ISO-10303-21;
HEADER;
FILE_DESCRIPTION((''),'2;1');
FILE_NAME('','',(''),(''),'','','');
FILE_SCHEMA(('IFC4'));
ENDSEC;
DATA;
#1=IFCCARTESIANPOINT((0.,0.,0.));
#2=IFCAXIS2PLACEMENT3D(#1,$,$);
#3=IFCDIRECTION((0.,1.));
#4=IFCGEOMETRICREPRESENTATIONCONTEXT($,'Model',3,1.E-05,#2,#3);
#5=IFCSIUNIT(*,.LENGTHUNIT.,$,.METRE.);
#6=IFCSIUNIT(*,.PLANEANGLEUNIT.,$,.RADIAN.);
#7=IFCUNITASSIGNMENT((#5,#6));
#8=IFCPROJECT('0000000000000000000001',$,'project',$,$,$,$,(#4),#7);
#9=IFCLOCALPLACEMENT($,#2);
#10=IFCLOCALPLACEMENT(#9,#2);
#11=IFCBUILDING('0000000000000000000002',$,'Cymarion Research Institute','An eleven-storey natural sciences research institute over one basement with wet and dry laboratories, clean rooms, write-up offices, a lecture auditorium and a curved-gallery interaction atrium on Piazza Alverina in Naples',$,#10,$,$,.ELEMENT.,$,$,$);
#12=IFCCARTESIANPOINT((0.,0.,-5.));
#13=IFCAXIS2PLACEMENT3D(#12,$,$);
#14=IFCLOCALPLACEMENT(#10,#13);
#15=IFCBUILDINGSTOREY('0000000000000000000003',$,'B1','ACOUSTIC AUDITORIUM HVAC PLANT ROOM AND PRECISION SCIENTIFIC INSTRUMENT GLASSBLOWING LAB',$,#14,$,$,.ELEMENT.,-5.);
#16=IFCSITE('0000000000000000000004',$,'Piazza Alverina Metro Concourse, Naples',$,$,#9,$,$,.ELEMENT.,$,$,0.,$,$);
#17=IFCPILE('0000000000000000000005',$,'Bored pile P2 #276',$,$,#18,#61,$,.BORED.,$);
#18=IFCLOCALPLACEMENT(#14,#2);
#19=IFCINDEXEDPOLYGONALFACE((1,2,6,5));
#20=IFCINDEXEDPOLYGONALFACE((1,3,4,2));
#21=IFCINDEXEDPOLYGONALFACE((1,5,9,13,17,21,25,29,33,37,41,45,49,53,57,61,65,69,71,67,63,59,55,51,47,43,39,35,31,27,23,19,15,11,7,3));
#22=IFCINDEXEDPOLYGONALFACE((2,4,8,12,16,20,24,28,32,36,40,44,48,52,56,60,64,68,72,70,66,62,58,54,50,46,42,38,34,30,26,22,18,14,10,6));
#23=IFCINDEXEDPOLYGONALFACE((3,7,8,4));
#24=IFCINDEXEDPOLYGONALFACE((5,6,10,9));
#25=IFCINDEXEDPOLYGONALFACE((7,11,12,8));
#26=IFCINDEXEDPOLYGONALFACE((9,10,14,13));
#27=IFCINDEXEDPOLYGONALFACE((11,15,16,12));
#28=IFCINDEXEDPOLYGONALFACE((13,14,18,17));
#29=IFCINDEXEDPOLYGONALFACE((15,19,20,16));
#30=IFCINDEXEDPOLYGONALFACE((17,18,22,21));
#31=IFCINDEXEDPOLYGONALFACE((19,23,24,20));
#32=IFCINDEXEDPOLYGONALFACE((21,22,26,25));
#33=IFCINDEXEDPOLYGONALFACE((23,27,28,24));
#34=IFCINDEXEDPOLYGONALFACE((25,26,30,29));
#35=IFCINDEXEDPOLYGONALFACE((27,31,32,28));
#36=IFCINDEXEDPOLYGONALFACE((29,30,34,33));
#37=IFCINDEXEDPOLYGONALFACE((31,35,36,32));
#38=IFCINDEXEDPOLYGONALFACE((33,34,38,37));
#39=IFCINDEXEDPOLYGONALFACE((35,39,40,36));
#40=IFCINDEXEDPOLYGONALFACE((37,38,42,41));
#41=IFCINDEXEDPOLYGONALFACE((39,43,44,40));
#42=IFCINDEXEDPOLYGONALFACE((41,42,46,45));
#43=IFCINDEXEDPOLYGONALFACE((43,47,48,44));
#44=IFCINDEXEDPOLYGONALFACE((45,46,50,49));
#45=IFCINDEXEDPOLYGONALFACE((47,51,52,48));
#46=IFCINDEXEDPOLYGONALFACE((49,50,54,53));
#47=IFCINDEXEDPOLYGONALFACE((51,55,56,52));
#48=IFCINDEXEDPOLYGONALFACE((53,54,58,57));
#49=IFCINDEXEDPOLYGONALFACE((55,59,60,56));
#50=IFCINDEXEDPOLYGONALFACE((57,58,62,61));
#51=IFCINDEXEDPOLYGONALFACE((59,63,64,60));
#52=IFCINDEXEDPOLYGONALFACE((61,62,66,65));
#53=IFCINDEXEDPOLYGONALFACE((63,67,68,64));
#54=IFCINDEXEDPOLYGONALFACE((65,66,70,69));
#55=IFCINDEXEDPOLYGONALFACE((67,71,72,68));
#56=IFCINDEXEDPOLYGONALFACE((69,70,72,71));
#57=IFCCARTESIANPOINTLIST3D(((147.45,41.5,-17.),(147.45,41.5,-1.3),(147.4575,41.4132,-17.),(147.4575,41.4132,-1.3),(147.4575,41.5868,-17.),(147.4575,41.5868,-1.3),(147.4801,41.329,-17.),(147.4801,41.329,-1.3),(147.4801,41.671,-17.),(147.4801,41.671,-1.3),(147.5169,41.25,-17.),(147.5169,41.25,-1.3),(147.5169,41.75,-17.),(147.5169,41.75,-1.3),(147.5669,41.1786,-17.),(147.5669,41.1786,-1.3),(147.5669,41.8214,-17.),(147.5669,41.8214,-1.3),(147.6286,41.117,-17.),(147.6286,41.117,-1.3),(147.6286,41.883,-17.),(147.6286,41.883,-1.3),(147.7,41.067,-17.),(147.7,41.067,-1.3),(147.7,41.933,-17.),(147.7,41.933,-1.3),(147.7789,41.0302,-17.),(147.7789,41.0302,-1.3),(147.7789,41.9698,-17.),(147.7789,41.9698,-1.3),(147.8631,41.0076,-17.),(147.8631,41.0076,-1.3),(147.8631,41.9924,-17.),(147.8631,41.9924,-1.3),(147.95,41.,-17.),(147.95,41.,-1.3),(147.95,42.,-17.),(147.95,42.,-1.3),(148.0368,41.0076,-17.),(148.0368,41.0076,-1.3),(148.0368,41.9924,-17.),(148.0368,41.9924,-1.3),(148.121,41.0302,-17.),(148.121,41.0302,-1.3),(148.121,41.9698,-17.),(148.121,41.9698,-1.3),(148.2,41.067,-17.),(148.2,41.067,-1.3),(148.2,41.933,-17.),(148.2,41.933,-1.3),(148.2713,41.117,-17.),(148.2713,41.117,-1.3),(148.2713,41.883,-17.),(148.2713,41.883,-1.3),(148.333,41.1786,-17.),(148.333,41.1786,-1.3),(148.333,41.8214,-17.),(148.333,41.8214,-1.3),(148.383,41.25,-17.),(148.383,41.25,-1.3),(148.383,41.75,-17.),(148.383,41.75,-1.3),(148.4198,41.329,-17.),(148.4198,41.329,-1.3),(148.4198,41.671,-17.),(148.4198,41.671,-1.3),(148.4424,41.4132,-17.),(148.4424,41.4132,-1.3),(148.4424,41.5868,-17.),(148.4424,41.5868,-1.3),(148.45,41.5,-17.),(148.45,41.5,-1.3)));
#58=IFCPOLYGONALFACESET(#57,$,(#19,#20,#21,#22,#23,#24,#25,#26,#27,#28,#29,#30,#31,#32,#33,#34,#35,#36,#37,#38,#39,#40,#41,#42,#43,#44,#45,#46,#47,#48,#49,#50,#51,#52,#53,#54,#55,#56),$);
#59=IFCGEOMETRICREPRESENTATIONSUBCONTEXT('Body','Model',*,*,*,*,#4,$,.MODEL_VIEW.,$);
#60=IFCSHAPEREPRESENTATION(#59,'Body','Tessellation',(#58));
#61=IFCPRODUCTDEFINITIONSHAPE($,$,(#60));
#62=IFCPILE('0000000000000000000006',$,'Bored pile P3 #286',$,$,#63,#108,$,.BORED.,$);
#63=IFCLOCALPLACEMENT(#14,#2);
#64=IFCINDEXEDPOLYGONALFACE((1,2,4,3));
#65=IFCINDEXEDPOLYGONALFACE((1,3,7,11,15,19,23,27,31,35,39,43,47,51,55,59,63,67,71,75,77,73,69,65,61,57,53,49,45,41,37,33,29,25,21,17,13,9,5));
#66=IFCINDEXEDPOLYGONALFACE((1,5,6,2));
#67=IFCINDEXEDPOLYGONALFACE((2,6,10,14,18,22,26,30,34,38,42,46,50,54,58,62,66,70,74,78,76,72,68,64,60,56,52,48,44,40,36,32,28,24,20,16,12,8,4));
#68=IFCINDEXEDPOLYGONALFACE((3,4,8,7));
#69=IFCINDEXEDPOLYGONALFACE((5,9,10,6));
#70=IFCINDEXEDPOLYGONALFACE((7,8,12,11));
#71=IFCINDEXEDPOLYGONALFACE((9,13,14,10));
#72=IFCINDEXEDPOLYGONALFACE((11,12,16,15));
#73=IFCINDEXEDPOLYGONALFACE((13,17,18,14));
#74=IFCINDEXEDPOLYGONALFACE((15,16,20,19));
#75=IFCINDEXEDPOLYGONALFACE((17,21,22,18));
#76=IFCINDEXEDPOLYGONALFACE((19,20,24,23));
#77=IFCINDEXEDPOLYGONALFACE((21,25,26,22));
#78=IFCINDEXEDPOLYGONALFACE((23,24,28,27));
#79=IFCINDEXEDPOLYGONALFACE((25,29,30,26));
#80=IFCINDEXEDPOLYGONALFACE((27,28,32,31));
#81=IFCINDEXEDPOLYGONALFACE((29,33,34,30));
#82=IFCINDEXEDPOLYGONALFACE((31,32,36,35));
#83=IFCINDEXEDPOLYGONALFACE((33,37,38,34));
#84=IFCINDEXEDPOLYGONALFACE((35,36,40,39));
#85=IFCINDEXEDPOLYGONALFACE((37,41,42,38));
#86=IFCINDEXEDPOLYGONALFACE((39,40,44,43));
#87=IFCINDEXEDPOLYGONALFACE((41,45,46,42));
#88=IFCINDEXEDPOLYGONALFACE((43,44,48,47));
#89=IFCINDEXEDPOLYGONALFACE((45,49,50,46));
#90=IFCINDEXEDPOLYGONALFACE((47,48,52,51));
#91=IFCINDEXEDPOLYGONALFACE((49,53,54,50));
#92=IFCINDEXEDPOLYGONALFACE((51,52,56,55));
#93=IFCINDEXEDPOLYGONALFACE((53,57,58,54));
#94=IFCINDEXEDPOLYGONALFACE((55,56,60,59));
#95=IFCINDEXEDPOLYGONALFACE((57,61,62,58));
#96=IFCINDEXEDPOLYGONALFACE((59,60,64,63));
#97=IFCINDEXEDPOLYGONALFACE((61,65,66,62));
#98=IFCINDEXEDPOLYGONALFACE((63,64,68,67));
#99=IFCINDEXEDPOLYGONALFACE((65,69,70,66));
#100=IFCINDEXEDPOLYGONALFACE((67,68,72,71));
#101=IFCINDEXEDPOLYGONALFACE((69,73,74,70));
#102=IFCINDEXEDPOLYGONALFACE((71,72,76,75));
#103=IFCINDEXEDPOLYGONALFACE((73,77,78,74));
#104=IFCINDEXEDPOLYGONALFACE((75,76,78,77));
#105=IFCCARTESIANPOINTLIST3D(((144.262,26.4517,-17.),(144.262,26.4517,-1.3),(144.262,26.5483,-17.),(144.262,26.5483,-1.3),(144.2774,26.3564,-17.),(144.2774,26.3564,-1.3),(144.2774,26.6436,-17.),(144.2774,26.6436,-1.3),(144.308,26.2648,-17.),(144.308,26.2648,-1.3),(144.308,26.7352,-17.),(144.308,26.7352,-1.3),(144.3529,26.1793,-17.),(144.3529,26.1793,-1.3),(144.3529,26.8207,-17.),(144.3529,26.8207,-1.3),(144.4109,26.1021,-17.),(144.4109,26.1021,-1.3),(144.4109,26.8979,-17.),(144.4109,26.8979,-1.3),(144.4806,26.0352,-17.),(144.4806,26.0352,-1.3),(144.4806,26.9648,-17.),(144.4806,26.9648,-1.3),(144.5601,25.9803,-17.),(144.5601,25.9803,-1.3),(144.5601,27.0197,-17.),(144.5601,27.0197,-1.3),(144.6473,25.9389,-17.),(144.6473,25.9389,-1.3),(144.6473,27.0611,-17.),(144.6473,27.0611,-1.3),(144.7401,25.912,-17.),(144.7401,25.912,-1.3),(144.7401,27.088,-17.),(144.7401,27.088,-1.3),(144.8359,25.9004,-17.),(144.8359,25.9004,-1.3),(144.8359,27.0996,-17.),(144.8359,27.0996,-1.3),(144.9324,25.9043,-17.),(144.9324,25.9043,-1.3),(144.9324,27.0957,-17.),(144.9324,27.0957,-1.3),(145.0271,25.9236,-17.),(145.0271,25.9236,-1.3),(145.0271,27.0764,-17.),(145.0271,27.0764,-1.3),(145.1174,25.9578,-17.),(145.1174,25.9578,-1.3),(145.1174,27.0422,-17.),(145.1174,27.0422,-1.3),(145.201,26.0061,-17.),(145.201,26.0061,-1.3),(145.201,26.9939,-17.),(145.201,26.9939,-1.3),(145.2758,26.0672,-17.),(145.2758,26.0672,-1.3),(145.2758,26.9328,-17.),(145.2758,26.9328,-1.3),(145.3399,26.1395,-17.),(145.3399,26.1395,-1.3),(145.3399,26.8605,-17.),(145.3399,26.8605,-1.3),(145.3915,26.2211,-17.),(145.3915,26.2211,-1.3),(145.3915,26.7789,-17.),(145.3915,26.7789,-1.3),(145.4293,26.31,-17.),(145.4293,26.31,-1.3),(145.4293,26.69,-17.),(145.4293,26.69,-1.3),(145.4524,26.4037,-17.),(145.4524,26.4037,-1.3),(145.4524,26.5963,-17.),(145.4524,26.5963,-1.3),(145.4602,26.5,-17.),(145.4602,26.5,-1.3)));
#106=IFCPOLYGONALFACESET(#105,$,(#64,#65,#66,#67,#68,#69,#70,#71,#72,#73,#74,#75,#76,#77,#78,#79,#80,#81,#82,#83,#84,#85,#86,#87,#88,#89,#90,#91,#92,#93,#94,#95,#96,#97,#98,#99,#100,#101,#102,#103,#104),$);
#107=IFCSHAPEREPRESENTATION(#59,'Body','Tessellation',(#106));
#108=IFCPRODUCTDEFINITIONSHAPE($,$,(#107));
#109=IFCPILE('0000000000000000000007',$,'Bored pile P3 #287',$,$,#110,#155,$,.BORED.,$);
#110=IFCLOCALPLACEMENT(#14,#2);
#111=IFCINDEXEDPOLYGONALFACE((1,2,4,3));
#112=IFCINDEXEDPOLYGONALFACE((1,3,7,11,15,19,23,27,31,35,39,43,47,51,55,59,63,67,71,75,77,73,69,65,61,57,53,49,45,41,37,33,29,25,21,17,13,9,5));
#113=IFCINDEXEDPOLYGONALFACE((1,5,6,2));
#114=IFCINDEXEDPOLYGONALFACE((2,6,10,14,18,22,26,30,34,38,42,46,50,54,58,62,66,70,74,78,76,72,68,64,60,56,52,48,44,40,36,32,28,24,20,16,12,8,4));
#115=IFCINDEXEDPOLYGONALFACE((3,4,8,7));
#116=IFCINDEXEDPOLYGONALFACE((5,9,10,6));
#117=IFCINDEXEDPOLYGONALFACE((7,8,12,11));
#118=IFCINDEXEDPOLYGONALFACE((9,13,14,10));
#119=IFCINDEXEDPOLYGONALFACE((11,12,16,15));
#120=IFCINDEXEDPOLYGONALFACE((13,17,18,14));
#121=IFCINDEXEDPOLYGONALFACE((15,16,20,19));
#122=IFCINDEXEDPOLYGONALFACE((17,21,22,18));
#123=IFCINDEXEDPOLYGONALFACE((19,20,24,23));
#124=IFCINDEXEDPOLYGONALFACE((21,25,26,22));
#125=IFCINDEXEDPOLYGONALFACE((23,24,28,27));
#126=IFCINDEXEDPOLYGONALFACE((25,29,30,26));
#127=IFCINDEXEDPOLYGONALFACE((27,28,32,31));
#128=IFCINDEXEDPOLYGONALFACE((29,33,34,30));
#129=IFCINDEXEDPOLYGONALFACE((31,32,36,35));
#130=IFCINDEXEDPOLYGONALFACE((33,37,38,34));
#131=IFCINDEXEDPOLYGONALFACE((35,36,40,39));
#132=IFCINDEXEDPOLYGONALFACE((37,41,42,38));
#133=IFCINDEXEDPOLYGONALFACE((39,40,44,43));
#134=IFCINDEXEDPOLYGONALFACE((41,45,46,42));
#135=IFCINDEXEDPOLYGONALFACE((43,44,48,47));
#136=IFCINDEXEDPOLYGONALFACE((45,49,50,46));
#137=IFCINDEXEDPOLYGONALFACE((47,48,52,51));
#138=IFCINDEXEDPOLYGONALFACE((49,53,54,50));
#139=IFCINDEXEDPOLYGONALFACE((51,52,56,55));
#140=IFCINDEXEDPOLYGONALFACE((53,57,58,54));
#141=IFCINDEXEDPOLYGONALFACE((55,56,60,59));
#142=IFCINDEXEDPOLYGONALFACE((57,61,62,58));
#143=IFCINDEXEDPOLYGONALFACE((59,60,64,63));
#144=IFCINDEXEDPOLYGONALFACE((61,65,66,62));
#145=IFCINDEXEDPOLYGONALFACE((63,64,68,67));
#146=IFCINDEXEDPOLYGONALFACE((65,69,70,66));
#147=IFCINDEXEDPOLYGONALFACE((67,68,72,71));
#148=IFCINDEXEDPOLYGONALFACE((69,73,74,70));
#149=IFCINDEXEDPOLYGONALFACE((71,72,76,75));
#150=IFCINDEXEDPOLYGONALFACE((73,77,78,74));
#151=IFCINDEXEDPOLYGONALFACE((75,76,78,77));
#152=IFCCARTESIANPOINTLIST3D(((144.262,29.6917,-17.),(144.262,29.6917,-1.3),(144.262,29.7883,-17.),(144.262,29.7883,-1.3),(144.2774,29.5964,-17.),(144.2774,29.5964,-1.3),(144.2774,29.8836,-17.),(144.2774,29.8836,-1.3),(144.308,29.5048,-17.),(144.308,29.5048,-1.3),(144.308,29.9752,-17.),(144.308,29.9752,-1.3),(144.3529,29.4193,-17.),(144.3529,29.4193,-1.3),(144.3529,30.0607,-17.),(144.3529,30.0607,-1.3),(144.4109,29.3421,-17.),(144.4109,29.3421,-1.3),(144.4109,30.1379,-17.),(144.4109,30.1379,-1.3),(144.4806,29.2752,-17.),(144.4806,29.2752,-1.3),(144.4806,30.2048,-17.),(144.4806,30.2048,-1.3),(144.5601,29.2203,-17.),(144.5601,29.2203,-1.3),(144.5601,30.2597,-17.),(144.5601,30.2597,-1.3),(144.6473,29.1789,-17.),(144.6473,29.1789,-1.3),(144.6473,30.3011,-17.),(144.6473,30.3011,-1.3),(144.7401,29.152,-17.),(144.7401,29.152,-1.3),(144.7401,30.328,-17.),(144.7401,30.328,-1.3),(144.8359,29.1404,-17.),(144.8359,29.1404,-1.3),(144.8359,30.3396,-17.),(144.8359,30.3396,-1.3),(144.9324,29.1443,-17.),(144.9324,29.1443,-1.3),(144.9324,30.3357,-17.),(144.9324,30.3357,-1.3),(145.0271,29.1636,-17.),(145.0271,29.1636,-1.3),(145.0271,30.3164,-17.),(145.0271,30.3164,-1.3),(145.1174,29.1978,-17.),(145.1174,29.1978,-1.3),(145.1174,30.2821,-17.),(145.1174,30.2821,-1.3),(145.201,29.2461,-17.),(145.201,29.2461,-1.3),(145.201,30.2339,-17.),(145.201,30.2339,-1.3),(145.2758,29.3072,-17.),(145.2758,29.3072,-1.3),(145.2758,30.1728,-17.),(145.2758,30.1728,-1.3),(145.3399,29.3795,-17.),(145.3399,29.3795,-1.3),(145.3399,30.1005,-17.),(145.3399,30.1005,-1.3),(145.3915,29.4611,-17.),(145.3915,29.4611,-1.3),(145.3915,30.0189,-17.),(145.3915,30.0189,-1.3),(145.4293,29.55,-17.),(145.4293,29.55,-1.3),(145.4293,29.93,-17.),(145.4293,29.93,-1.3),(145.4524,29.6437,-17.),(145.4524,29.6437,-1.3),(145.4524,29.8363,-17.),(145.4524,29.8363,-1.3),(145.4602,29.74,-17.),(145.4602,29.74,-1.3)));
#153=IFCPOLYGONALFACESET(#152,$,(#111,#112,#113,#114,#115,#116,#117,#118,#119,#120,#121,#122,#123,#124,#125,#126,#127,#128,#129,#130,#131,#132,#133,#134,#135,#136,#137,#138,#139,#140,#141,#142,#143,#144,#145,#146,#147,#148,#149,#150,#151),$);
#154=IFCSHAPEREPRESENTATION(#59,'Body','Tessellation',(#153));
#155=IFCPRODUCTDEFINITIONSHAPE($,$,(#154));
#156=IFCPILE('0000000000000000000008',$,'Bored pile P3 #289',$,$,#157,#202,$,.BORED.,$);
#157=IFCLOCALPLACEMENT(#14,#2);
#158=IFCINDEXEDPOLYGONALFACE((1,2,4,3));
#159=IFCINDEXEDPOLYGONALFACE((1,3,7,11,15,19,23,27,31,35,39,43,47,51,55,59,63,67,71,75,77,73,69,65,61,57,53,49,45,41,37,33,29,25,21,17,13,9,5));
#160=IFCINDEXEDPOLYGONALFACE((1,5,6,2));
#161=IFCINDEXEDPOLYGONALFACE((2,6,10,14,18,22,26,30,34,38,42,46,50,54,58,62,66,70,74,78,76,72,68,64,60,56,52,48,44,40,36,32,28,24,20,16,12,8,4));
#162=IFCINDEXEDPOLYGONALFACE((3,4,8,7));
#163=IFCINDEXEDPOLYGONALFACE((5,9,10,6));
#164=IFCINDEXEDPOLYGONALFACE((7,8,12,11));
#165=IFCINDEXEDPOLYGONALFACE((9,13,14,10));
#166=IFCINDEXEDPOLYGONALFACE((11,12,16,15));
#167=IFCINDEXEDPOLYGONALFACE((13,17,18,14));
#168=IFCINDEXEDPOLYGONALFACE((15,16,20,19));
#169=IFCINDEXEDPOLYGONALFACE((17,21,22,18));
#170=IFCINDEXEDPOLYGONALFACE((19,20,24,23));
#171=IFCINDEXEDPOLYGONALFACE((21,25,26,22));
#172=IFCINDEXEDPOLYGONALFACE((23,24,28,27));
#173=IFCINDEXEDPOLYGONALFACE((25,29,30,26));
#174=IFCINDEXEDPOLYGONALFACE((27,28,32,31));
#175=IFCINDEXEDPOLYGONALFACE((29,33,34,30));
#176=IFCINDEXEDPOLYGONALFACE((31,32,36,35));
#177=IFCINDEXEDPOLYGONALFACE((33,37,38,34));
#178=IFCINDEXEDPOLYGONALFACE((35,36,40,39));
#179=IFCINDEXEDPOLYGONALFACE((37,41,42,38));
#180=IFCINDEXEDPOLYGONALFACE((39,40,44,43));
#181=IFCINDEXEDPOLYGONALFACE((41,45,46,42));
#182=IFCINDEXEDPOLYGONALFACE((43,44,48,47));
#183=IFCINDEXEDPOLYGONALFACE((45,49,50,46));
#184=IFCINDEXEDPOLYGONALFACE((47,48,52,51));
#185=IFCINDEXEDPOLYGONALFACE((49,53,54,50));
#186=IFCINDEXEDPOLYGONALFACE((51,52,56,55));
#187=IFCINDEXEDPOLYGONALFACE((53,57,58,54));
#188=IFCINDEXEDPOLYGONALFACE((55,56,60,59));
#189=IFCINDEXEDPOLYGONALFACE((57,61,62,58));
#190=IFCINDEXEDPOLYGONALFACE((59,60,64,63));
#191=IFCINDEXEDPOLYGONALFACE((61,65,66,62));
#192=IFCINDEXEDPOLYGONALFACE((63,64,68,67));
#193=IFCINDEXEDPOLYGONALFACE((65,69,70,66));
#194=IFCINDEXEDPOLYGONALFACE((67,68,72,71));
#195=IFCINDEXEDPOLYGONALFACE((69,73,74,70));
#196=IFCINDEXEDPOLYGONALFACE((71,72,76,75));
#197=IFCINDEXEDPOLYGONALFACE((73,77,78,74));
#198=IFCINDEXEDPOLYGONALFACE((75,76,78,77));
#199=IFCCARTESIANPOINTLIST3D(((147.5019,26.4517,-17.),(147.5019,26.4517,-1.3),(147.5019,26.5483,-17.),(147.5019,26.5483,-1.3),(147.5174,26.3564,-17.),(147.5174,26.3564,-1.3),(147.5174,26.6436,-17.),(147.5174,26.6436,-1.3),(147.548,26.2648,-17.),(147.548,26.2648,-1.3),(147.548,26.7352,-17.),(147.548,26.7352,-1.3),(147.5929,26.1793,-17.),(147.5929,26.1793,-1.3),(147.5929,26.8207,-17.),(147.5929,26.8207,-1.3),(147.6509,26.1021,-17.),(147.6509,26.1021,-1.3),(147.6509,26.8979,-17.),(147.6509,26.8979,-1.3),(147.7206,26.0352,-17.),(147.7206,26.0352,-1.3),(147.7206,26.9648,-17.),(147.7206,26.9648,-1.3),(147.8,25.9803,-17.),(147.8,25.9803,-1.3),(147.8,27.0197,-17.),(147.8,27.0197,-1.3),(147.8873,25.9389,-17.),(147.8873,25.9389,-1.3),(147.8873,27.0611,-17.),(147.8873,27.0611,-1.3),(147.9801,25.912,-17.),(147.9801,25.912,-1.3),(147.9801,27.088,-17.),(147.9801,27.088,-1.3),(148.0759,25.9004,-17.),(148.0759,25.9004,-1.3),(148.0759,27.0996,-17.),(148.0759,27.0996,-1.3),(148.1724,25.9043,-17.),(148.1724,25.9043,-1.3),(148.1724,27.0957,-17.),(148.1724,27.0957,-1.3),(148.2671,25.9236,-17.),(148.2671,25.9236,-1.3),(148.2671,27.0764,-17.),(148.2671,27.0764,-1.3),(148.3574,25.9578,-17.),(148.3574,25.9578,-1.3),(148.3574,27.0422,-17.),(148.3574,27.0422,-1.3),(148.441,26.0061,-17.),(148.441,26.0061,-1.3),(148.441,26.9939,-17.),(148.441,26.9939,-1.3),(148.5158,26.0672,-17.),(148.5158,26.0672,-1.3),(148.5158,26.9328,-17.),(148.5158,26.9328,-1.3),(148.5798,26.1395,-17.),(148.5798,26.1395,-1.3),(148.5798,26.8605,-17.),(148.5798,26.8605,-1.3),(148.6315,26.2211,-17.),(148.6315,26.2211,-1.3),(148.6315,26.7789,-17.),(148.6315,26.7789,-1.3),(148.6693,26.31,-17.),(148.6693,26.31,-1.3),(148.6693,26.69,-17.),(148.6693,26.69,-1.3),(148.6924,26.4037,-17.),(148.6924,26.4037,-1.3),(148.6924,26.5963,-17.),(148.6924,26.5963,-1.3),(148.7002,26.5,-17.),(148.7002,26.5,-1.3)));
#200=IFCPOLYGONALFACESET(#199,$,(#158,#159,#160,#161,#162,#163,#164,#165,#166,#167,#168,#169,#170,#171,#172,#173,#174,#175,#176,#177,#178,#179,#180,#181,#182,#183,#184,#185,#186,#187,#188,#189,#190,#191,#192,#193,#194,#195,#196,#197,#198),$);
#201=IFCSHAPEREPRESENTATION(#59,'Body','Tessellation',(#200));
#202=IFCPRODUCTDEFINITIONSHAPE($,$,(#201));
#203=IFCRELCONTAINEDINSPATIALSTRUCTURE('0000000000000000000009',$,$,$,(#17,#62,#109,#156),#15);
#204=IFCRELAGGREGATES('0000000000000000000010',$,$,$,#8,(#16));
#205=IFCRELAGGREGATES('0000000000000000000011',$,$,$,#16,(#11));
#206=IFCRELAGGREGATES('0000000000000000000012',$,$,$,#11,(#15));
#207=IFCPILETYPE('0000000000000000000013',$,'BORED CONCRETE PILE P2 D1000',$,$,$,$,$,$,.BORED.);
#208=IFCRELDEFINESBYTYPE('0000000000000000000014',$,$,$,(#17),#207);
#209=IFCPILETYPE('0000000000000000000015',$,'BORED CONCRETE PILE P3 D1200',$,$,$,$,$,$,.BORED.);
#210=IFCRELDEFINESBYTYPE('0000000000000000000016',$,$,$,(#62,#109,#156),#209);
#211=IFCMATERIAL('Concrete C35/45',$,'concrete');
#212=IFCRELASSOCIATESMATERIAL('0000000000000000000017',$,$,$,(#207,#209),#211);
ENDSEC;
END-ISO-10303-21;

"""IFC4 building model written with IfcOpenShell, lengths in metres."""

from ifc_helpers import new_model, si_unit, direction, frame, origin, origin_2d, place, context, subcontext, project, spatial, circle, extrude, material, material_profile, profile_set, type_object, element, save


model = new_model("IFC4")

# Units and contexts
model_context = context("Model", 3, precision=1e-05, world=origin(), true_north=direction((0.0, 1.0)))
body_context = subcontext(model_context, "Body", "Model", "MODEL_VIEW")
ifc_project = project(units=[si_unit("LENGTHUNIT", "METRE"), si_unit("PLANEANGLEUNIT", "RADIAN")], contexts=[model_context])

# Site, building, storey
site_placement = place(None, origin())
site = spatial("IfcSite", under=ifc_project, at=site_placement, Name="Piazza Alverina Metro Concourse, Naples", CompositionType="ELEMENT", RefElevation=0.0)
building_placement = place(site_placement, origin())
building = spatial("IfcBuilding", under=site, at=building_placement, Name="Cymarion Research Institute", Description="An eleven-storey natural sciences research institute over one basement with wet and dry laboratories, clean rooms, write-up offices, a lecture auditorium and a curved-gallery interaction atrium on Piazza Alverina in Naples", CompositionType="ELEMENT")
storey_placement = place(building_placement, frame((0.0, 0.0, -5.0)))
storey = spatial("IfcBuildingStorey", under=building, at=storey_placement, Name="B1", Description="ACOUSTIC AUDITORIUM HVAC PLANT ROOM AND PRECISION SCIENTIFIC INSTRUMENT GLASSBLOWING LAB", CompositionType="ELEMENT", Elevation=-5.0)

# Piles
ifc_material_1 = material(Name="Concrete C35/45", Category="concrete")
ifc_material_profile_1 = material_profile(ifc_material_1, circle(Radius=0.5, at=origin_2d()), Name="BORED PILE D1000")
ifc_profile_set_1 = profile_set([ifc_material_profile_1], Name="Concrete C35/45")
pile_type_1 = type_object("IfcPileType", Name="BORED CONCRETE PILE P2 D1000", PredefinedType="BORED", material=ifc_profile_set_1)
for number, where, z_axis, x_axis, name in (
    (1, (147.95, 41.5, -1.3), (0.0, 0.0, -1.0), (1.0, 0.0, 0.0), "Bored pile P2 #276"),
):
    element("IfcPile", number, at=place(storey_placement, frame(where, z_axis=z_axis, x_axis=x_axis)), inside=storey, type_object=pile_type_1, Name=name, PredefinedType="BORED", context=body_context, shape_type="SweptSolid", body=[
        extrude(circle(Radius=0.5, at=origin_2d()), origin(), (0.0, 0.0, 1.0), 15.7),
    ])
ifc_material_profile_2 = material_profile(ifc_material_1, circle(Radius=0.6001, at=origin_2d()), Name="BORED PILE D1200")
ifc_profile_set_2 = profile_set([ifc_material_profile_2], Name="Concrete C35/45")
pile_type_2 = type_object("IfcPileType", Name="BORED CONCRETE PILE P3 D1200", PredefinedType="BORED", material=ifc_profile_set_2)
for number, where, z_axis, x_axis, name in (
    (2, (144.8601, 26.5, -1.3), (0.0, 0.0, -1.0), (1.0, 0.0, 0.0), "Bored pile P3 #286"),
    (3, (144.8601, 29.74, -1.3), (0.0, 0.0, -1.0), (1.0, 0.0, 0.0), "Bored pile P3 #287"),
    (4, (148.1001, 26.5, -1.3), (0.0, 0.0, -1.0), (1.0, 0.0, 0.0), "Bored pile P3 #289"),
):
    element("IfcPile", number, at=place(storey_placement, frame(where, z_axis=z_axis, x_axis=x_axis)), inside=storey, type_object=pile_type_2, Name=name, PredefinedType="BORED", context=body_context, shape_type="SweptSolid", body=[
        extrude(circle(Radius=0.6001, at=origin_2d()), origin(), (0.0, 0.0, 1.0), 15.7),
    ])

save(model, "model.ifc")
